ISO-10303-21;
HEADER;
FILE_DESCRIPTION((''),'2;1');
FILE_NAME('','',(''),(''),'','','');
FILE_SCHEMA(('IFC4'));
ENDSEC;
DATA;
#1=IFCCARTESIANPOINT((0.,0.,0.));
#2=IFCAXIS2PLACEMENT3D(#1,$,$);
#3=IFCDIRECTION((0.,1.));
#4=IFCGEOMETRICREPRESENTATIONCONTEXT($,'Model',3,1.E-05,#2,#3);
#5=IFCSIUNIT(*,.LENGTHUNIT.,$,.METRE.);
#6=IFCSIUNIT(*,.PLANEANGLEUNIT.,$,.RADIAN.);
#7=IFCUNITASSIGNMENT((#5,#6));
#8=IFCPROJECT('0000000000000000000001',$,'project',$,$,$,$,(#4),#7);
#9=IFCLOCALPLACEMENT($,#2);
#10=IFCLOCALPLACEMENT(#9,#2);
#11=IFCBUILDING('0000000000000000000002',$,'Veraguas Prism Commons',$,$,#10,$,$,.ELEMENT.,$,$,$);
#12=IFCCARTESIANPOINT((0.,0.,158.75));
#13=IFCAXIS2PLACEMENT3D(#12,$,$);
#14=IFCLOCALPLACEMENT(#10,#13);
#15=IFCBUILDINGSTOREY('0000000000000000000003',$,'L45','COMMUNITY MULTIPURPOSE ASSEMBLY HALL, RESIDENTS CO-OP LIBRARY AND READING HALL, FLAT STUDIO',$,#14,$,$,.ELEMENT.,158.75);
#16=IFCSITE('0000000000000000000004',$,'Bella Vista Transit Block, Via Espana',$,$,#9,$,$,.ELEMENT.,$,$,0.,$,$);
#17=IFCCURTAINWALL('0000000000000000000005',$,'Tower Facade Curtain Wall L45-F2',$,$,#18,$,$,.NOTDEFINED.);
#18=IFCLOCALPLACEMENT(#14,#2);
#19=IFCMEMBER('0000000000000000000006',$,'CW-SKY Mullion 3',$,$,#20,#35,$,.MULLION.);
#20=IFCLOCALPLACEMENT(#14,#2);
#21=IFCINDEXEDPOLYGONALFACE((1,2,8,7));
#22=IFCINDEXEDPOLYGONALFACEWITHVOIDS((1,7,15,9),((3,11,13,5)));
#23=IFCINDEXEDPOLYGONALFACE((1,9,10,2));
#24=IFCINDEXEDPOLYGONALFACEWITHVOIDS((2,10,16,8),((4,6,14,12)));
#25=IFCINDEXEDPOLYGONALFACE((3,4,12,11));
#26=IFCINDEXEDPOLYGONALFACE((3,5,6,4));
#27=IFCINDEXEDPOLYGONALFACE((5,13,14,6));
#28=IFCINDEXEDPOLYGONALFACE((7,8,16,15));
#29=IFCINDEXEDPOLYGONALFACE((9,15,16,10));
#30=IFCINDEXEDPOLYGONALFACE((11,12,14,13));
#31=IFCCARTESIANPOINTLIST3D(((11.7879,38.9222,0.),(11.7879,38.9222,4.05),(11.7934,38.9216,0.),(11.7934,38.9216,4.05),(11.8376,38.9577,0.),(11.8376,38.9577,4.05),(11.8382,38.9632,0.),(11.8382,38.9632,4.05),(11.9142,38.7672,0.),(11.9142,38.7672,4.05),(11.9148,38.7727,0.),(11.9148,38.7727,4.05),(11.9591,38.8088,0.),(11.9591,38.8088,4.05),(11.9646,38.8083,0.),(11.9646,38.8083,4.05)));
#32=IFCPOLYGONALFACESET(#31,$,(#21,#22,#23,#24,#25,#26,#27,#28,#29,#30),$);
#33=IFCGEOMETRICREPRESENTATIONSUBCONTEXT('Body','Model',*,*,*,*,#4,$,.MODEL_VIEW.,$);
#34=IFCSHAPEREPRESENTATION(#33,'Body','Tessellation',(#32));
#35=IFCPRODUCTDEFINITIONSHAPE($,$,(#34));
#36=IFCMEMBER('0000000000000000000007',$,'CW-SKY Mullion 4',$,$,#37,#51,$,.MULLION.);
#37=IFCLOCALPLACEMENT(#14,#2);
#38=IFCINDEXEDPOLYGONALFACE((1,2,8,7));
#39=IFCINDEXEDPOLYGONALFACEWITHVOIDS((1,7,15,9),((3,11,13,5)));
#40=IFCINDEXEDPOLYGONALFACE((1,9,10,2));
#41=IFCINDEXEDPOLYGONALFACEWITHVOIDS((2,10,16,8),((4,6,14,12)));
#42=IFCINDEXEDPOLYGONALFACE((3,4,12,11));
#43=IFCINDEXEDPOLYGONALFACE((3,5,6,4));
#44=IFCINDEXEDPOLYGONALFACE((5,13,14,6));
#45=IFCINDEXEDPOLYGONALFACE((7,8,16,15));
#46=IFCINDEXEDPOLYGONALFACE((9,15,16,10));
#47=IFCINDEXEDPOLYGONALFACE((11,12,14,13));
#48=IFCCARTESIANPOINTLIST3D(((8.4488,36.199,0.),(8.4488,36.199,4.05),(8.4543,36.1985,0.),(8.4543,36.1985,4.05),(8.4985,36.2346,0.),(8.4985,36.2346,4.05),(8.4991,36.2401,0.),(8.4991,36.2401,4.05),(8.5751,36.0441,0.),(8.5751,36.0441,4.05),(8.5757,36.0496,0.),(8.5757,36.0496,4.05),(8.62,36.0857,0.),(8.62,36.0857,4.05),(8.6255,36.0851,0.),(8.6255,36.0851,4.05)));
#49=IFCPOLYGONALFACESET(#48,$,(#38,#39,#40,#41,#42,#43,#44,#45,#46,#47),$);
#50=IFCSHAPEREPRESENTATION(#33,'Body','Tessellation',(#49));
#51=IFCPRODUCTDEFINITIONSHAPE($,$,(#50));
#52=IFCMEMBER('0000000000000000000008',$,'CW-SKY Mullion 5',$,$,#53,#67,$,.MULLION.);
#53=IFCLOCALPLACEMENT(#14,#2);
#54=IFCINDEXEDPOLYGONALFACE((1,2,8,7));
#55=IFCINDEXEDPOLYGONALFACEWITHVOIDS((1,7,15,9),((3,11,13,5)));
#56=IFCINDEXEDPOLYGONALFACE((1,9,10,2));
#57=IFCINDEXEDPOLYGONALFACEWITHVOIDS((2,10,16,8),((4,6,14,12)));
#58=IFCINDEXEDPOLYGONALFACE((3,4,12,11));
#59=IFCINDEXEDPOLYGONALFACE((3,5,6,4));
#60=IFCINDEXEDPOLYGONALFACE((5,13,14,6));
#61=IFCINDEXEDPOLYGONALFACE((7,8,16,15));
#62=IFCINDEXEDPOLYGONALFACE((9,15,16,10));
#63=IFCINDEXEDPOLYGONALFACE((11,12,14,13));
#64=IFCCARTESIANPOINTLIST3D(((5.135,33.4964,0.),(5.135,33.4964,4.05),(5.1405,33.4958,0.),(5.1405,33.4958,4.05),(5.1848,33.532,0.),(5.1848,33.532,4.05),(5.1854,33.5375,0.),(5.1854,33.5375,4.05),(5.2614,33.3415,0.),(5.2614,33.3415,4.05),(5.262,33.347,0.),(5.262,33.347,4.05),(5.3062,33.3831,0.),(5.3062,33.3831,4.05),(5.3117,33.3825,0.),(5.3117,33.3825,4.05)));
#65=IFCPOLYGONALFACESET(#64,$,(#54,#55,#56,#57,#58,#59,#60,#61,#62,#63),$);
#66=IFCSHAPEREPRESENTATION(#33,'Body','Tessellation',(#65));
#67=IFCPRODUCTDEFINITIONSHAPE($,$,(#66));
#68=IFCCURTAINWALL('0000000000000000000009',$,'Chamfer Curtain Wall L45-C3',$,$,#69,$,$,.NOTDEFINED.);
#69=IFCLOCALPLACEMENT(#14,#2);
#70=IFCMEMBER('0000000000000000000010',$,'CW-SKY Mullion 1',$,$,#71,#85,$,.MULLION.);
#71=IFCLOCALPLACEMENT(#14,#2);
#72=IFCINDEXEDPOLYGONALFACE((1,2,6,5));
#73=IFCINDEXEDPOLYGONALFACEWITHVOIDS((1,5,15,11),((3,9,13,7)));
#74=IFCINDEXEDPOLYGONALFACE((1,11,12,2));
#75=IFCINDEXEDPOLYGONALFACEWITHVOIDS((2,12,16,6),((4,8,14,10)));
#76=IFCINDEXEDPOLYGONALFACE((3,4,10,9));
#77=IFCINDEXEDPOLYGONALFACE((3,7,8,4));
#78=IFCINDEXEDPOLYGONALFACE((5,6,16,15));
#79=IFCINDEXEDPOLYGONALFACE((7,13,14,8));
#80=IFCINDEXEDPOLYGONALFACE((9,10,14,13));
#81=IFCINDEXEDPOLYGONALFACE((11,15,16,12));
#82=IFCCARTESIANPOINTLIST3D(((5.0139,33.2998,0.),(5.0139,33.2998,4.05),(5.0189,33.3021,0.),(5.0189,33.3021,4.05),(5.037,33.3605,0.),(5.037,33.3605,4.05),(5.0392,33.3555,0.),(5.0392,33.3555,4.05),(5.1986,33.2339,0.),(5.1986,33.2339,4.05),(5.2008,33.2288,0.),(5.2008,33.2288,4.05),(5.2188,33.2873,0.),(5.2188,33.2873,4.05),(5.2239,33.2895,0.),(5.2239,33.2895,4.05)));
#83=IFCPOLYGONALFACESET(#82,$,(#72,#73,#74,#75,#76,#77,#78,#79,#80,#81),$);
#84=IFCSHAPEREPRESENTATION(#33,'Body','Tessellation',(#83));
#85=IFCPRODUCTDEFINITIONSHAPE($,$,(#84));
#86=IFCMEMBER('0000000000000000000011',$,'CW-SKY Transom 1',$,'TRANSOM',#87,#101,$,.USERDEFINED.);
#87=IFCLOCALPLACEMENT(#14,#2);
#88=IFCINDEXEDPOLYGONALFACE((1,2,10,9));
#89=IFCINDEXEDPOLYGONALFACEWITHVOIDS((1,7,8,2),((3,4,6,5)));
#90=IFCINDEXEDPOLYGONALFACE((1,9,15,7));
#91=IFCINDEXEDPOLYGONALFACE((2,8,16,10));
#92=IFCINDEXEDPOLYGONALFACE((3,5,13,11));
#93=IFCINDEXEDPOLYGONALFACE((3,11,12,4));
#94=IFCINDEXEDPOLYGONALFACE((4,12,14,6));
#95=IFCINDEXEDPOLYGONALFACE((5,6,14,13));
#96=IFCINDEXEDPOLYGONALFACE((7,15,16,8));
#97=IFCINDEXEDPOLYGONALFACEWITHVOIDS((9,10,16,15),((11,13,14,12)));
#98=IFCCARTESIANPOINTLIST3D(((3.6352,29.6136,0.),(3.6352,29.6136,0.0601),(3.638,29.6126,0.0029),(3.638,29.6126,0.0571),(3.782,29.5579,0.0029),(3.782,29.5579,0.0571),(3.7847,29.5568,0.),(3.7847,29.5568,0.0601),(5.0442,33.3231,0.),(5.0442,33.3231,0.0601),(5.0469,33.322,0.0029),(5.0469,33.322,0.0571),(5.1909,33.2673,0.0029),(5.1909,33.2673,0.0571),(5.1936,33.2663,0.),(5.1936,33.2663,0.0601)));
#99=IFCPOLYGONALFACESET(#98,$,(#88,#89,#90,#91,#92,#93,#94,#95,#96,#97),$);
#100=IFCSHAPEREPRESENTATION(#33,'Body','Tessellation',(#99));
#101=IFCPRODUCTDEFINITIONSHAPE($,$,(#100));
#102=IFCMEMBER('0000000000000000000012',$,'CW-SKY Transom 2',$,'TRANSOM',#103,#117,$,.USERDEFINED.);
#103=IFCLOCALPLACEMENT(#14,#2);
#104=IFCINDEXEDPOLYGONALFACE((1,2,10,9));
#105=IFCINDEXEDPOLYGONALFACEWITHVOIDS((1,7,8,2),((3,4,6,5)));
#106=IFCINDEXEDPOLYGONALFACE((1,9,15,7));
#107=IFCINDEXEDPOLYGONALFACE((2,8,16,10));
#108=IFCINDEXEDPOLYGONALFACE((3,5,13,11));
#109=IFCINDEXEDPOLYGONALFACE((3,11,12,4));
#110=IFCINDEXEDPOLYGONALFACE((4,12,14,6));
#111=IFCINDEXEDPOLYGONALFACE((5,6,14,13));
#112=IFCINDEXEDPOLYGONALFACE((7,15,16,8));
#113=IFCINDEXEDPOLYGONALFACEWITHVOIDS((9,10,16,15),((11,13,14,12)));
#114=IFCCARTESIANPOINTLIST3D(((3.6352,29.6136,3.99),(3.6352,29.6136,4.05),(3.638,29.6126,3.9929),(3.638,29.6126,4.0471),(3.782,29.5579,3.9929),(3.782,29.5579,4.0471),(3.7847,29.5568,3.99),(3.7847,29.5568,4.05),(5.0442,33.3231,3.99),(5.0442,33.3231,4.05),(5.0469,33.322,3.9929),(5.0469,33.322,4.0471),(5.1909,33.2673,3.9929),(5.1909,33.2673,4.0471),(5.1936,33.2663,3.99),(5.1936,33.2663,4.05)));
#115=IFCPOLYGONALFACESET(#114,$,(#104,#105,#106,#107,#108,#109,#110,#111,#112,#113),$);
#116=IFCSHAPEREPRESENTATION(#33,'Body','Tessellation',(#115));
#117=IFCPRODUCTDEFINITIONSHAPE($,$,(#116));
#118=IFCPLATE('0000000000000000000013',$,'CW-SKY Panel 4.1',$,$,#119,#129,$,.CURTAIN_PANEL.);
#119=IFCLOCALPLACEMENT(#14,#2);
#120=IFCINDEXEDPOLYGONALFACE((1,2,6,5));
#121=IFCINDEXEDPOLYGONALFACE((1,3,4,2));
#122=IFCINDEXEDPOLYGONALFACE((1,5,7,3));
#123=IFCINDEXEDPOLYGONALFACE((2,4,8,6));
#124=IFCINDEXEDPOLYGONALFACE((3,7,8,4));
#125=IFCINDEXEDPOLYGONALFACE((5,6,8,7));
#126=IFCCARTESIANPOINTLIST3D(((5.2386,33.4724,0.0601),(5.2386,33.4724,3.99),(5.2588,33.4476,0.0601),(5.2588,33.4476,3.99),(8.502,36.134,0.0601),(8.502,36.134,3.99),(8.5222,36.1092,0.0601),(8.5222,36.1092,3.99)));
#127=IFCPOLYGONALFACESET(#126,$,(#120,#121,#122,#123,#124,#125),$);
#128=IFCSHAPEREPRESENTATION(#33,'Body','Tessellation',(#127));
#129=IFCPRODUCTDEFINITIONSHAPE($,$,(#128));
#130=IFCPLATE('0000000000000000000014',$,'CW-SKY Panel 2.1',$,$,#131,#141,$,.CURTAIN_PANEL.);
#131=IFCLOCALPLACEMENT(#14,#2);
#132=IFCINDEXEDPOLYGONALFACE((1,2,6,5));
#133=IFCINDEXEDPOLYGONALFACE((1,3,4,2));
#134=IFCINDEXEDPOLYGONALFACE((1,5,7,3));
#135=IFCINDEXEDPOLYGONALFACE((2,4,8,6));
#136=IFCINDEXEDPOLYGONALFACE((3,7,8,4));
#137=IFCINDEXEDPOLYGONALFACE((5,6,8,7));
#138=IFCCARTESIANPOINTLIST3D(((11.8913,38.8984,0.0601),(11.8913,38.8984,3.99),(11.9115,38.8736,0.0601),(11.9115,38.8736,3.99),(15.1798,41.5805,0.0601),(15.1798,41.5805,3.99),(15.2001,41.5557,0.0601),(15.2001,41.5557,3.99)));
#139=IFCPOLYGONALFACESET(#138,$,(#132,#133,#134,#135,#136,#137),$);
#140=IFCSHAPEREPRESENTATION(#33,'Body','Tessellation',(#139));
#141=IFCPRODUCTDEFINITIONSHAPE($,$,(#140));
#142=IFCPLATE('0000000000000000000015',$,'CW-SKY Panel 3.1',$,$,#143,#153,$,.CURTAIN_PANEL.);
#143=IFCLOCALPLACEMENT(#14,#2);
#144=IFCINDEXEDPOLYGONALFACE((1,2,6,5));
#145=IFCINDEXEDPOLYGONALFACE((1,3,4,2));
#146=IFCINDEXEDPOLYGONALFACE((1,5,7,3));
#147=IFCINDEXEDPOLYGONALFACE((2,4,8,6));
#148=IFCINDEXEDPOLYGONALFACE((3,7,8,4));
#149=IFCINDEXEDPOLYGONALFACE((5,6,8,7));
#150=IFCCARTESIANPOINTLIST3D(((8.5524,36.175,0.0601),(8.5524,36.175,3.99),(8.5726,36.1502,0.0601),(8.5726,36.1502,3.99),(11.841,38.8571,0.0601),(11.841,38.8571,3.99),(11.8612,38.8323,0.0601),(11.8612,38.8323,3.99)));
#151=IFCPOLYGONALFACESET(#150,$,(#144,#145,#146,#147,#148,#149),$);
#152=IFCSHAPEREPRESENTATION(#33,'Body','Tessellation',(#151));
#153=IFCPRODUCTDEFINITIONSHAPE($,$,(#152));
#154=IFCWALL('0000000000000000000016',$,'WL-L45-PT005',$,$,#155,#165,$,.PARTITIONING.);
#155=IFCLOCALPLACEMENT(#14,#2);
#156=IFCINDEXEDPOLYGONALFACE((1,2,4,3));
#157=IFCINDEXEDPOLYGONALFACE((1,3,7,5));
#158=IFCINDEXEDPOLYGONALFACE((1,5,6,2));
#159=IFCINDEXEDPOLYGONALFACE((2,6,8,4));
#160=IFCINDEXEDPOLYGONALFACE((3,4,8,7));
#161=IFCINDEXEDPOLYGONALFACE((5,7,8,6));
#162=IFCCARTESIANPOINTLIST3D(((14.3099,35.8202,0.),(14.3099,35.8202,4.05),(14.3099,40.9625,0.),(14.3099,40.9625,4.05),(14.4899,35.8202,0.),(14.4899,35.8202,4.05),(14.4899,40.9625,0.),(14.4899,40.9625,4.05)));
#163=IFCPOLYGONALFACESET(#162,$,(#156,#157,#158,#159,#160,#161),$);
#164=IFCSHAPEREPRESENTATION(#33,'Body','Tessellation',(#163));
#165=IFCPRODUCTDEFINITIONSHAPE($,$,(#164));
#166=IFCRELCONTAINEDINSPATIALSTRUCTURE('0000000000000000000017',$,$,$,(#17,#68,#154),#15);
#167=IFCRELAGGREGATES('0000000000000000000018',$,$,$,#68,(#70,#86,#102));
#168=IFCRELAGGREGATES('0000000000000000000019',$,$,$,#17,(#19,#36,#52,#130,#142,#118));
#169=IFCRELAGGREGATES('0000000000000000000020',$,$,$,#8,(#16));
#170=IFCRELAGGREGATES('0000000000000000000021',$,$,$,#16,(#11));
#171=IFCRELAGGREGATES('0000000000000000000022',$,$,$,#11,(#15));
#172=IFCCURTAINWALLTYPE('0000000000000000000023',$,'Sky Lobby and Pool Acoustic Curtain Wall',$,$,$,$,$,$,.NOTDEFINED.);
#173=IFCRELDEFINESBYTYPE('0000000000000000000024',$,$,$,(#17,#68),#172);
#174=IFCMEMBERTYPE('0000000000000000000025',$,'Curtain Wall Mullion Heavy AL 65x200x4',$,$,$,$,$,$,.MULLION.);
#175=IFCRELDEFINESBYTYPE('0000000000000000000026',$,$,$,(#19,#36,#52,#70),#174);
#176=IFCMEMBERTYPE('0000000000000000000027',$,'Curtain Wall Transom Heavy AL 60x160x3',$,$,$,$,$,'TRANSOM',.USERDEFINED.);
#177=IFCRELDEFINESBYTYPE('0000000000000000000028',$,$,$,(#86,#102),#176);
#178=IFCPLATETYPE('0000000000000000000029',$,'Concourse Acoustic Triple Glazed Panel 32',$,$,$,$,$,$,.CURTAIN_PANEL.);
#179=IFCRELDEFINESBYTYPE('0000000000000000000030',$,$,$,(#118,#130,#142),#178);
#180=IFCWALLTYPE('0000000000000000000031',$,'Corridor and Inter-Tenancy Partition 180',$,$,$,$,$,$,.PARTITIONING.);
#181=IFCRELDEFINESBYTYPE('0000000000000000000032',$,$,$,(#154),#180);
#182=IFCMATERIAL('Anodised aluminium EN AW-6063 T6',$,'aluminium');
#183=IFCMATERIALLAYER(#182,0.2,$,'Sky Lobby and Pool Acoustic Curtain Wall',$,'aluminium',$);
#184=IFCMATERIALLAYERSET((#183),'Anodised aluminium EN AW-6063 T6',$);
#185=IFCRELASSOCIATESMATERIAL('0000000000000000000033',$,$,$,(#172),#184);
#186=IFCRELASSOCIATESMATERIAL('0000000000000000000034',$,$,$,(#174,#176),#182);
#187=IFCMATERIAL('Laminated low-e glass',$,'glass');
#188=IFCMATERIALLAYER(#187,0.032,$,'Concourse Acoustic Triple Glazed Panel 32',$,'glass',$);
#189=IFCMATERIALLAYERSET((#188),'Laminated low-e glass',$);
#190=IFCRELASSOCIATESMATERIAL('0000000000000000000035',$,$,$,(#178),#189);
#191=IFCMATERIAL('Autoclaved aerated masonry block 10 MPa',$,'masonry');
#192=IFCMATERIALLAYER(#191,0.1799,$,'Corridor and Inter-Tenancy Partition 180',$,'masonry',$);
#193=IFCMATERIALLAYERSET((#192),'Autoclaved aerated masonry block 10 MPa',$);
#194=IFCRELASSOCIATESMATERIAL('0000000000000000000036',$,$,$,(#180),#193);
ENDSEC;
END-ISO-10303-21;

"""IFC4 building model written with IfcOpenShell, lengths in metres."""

from ifc_helpers import new_model, si_unit, direction, frame, frame_2d, origin, origin_2d, place, context, subcontext, project, spatial, rectangle, hollow_rectangle, extrude, source, transform, mapped, material, layer, layer_set, material_profile, profile_set, type_object, element, aggregate, save


model = new_model("IFC4")

# Units and contexts
model_context = context("Model", 3, precision=1e-05, world=origin(), true_north=direction((0.0, 1.0)))
body_context = subcontext(model_context, "Body", "Model", "MODEL_VIEW")
ifc_project = project(units=[si_unit("LENGTHUNIT", "METRE"), si_unit("PLANEANGLEUNIT", "RADIAN")], contexts=[model_context])

# Site, building, storey
site_placement = place(None, origin())
site = spatial("IfcSite", under=ifc_project, at=site_placement, Name="Bella Vista Transit Block, Via Espana", CompositionType="ELEMENT", RefElevation=0.0)
building_placement = place(site_placement, origin())
building = spatial("IfcBuilding", under=site, at=building_placement, Name="Veraguas Prism Commons", CompositionType="ELEMENT")
storey_placement = place(building_placement, frame((0.0, 0.0, 158.75)))
storey = spatial("IfcBuildingStorey", under=building, at=storey_placement, Name="L45", Description="COMMUNITY MULTIPURPOSE ASSEMBLY HALL, RESIDENTS CO-OP LIBRARY AND READING HALL, FLAT STUDIO", CompositionType="ELEMENT", Elevation=158.75)

# Curtain walls, members
ifc_material_1 = material(Name="Anodised aluminium EN AW-6063 T6", Category="aluminium")
ifc_layer_1 = layer(ifc_material_1, 0.2, Name="Sky Lobby and Pool Acoustic Curtain Wall", Category="aluminium")
ifc_layer_set_1 = layer_set([ifc_layer_1], Name="Anodised aluminium EN AW-6063 T6")
curtain_wall_type = type_object("IfcCurtainWallType", Name="Sky Lobby and Pool Acoustic Curtain Wall", PredefinedType="NOTDEFINED", material=ifc_layer_set_1)
curtain_wall_1_placement = place(storey_placement, origin())
curtain_wall_1 = element("IfcCurtainWall", 1, at=curtain_wall_1_placement, inside=storey, type_object=curtain_wall_type, Name="Tower Facade Curtain Wall L45-F2", PredefinedType="NOTDEFINED")
ifc_material_profile_1 = material_profile(ifc_material_1, hollow_rectangle(XDim=0.0649, YDim=0.2, WallThickness=0.0039, at=origin_2d()), Name="AL65X200X4")
ifc_profile_set_1 = profile_set([ifc_material_profile_1], Name="Anodised aluminium EN AW-6063 T6")
member_type_1 = type_object("IfcMemberType", Name="Curtain Wall Mullion Heavy AL 65x200x4", PredefinedType="MULLION", material=ifc_profile_set_1)
shared_shape_1 = source(origin(), body_context, "Body", "SweptSolid", [
    extrude(hollow_rectangle(XDim=0.0649, YDim=0.2, WallThickness=0.0039, at=origin_2d()), origin(), (0.0, 0.0, 1.0), 4.05),
])
member_1_placement = place(storey_placement, frame((11.8762, 38.8652, 0.0), z_axis=(0.0, 0.0, 1.0), x_axis=(-0.774943, -0.632031, 0.0)))
member_1 = element("IfcMember", 2, at=member_1_placement, type_object=member_type_1, Name="CW-SKY Mullion 3", PredefinedType="MULLION", context=body_context, shape_type="MappedRepresentation", body=[
    mapped(shared_shape_1, transform((0.0, 0.0, 0.0), scale=1.0)),
])
member_2_placement = place(storey_placement, frame((8.5371, 36.1421, 0.0), z_axis=(0.0, 0.0, 1.0), x_axis=(-0.774943, -0.632031, 0.0)))
member_2 = element("IfcMember", 3, at=member_2_placement, type_object=member_type_1, Name="CW-SKY Mullion 4", PredefinedType="MULLION", context=body_context, shape_type="MappedRepresentation", body=[
    mapped(shared_shape_1, transform((0.0, 0.0, 0.0), scale=1.0)),
])
member_3_placement = place(storey_placement, frame((5.2234, 33.4395, 0.0), z_axis=(0.0, 0.0, 1.0), x_axis=(-0.774943, -0.632031, 0.0)))
member_3 = element("IfcMember", 4, at=member_3_placement, type_object=member_type_1, Name="CW-SKY Mullion 5", PredefinedType="MULLION", context=body_context, shape_type="MappedRepresentation", body=[
    mapped(shared_shape_1, transform((0.0, 0.0, 0.0), scale=1.0)),
])
curtain_wall_2_placement = place(storey_placement, origin())
curtain_wall_2 = element("IfcCurtainWall", 5, at=curtain_wall_2_placement, inside=storey, type_object=curtain_wall_type, Name="Chamfer Curtain Wall L45-C3", PredefinedType="NOTDEFINED")
member_4_placement = place(storey_placement, frame((5.1189, 33.2947, 0.0), z_axis=(0.0, 0.0, 1.0), x_axis=(-0.355115, -0.934823, 0.0)))
member_4 = element("IfcMember", 6, at=member_4_placement, type_object=member_type_1, Name="CW-SKY Mullion 1", PredefinedType="MULLION", context=body_context, shape_type="MappedRepresentation", body=[
    mapped(shared_shape_1, transform((0.0, 0.0, 0.0), scale=1.0)),
])
ifc_material_profile_2 = material_profile(ifc_material_1, hollow_rectangle(XDim=0.0601, YDim=0.1599, WallThickness=0.0029, at=origin_2d()), Name="AL60X160X3")
ifc_profile_set_2 = profile_set([ifc_material_profile_2], Name="Anodised aluminium EN AW-6063 T6")
member_type_2 = type_object("IfcMemberType", Name="Curtain Wall Transom Heavy AL 60x160x3", ElementType="TRANSOM", PredefinedType="USERDEFINED", material=ifc_profile_set_2)
shared_shape_2 = source(origin(), body_context, "Body", "SweptSolid", [
    extrude(hollow_rectangle(XDim=0.0601, YDim=0.1599, WallThickness=0.0029, at=origin_2d()), origin(), (0.0, 0.0, 1.0), 3.968),
])
member_5_placement = place(storey_placement, frame((5.1189, 33.2947, 0.03), z_axis=(-0.355072, -0.934839, 0.0), x_axis=(0.0, 0.0, 1.0)))
member_5 = element("IfcMember", 7, at=member_5_placement, type_object=member_type_2, Name="CW-SKY Transom 1", ObjectType="TRANSOM", PredefinedType="USERDEFINED", context=body_context, shape_type="MappedRepresentation", body=[
    mapped(shared_shape_2, transform((0.0, 0.0, 0.0), scale=1.0)),
])
member_6_placement = place(storey_placement, frame((5.1189, 33.2947, 4.02), z_axis=(-0.355072, -0.934839, 0.0), x_axis=(0.0, 0.0, 1.0)))
member_6 = element("IfcMember", 8, at=member_6_placement, type_object=member_type_2, Name="CW-SKY Transom 2", ObjectType="TRANSOM", PredefinedType="USERDEFINED", context=body_context, shape_type="MappedRepresentation", body=[
    mapped(shared_shape_2, transform((0.0, 0.0, 0.0), scale=1.0)),
])
aggregate(curtain_wall_2, [member_4, member_5, member_6])

# Plates
ifc_material_2 = material(Name="Laminated low-e glass", Category="glass")
ifc_layer_2 = layer(ifc_material_2, 0.032, Name="Concourse Acoustic Triple Glazed Panel 32", Category="glass")
ifc_layer_set_2 = layer_set([ifc_layer_2], Name="Laminated low-e glass")
plate_type = type_object("IfcPlateType", Name="Concourse Acoustic Triple Glazed Panel 32", PredefinedType="CURTAIN_PANEL", material=ifc_layer_set_2)
shared_shape_3 = source(origin(), body_context, "Body", "SweptSolid", [
    extrude(rectangle(XDim=4.2112, YDim=0.032, at=origin_2d()), origin(), (0.0, 0.0, 1.0), 3.9299),
])
plate_1_placement = place(storey_placement, frame((6.8804, 34.7908, 0.0601), z_axis=(0.0, 0.0, 1.0), x_axis=(-0.774943, -0.632031, 0.0)))
plate_1 = element("IfcPlate", 9, at=plate_1_placement, type_object=plate_type, Name="CW-SKY Panel 4.1", PredefinedType="CURTAIN_PANEL", context=body_context, shape_type="MappedRepresentation", body=[
    mapped(shared_shape_3, transform((0.0, 0.0, 0.0), scale=1.0)),
])
shared_shape_4 = source(origin(), body_context, "Body", "SweptSolid", [
    extrude(rectangle(XDim=4.2437, YDim=0.032, at=origin_2d()), origin(), (0.0, 0.0, 1.0), 3.9299),
])
plate_2_placement = place(storey_placement, frame((13.5457, 40.2271, 0.0601), z_axis=(0.0, 0.0, 1.0), x_axis=(-0.774943, -0.632031, 0.0)))
plate_2 = element("IfcPlate", 10, at=plate_2_placement, type_object=plate_type, Name="CW-SKY Panel 2.1", PredefinedType="CURTAIN_PANEL", context=body_context, shape_type="MappedRepresentation", body=[
    mapped(shared_shape_4, transform((0.0, 0.0, 0.0), scale=1.0)),
])
plate_3_placement = place(storey_placement, frame((10.2068, 37.5037, 0.0601), z_axis=(0.0, 0.0, 1.0), x_axis=(-0.774943, -0.632031, 0.0)))
plate_3 = element("IfcPlate", 11, at=plate_3_placement, type_object=plate_type, Name="CW-SKY Panel 3.1", PredefinedType="CURTAIN_PANEL", context=body_context, shape_type="MappedRepresentation", body=[
    mapped(shared_shape_4, transform((0.0, 0.0, 0.0), scale=1.0)),
])
aggregate(curtain_wall_1, [member_1, member_2, member_3, plate_2, plate_3, plate_1])

# Wall
ifc_material_3 = material(Name="Autoclaved aerated masonry block 10 MPa", Category="masonry")
ifc_layer_3 = layer(ifc_material_3, 0.1799, Name="Corridor and Inter-Tenancy Partition 180", Category="masonry")
ifc_layer_set_3 = layer_set([ifc_layer_3], Name="Autoclaved aerated masonry block 10 MPa")
wall_type = type_object("IfcWallType", Name="Corridor and Inter-Tenancy Partition 180", PredefinedType="PARTITIONING", material=ifc_layer_set_3)
wall_1_placement = place(storey_placement, frame((14.3999, 35.8201, 0.0), z_axis=(0.0, 0.0, 1.0), x_axis=(0.0, 1.0, 0.0)))
element("IfcWall", 12, at=wall_1_placement, inside=storey, type_object=wall_type, Name="WL-L45-PT005", PredefinedType="PARTITIONING", context=body_context, shape_type="SweptSolid", body=[
    extrude(rectangle(XDim=5.1423, YDim=0.1799, at=frame_2d((2.5713, 0.0))), origin(), (0.0, 0.0, 1.0), 4.05),
])

save(model, "model.ifc")
